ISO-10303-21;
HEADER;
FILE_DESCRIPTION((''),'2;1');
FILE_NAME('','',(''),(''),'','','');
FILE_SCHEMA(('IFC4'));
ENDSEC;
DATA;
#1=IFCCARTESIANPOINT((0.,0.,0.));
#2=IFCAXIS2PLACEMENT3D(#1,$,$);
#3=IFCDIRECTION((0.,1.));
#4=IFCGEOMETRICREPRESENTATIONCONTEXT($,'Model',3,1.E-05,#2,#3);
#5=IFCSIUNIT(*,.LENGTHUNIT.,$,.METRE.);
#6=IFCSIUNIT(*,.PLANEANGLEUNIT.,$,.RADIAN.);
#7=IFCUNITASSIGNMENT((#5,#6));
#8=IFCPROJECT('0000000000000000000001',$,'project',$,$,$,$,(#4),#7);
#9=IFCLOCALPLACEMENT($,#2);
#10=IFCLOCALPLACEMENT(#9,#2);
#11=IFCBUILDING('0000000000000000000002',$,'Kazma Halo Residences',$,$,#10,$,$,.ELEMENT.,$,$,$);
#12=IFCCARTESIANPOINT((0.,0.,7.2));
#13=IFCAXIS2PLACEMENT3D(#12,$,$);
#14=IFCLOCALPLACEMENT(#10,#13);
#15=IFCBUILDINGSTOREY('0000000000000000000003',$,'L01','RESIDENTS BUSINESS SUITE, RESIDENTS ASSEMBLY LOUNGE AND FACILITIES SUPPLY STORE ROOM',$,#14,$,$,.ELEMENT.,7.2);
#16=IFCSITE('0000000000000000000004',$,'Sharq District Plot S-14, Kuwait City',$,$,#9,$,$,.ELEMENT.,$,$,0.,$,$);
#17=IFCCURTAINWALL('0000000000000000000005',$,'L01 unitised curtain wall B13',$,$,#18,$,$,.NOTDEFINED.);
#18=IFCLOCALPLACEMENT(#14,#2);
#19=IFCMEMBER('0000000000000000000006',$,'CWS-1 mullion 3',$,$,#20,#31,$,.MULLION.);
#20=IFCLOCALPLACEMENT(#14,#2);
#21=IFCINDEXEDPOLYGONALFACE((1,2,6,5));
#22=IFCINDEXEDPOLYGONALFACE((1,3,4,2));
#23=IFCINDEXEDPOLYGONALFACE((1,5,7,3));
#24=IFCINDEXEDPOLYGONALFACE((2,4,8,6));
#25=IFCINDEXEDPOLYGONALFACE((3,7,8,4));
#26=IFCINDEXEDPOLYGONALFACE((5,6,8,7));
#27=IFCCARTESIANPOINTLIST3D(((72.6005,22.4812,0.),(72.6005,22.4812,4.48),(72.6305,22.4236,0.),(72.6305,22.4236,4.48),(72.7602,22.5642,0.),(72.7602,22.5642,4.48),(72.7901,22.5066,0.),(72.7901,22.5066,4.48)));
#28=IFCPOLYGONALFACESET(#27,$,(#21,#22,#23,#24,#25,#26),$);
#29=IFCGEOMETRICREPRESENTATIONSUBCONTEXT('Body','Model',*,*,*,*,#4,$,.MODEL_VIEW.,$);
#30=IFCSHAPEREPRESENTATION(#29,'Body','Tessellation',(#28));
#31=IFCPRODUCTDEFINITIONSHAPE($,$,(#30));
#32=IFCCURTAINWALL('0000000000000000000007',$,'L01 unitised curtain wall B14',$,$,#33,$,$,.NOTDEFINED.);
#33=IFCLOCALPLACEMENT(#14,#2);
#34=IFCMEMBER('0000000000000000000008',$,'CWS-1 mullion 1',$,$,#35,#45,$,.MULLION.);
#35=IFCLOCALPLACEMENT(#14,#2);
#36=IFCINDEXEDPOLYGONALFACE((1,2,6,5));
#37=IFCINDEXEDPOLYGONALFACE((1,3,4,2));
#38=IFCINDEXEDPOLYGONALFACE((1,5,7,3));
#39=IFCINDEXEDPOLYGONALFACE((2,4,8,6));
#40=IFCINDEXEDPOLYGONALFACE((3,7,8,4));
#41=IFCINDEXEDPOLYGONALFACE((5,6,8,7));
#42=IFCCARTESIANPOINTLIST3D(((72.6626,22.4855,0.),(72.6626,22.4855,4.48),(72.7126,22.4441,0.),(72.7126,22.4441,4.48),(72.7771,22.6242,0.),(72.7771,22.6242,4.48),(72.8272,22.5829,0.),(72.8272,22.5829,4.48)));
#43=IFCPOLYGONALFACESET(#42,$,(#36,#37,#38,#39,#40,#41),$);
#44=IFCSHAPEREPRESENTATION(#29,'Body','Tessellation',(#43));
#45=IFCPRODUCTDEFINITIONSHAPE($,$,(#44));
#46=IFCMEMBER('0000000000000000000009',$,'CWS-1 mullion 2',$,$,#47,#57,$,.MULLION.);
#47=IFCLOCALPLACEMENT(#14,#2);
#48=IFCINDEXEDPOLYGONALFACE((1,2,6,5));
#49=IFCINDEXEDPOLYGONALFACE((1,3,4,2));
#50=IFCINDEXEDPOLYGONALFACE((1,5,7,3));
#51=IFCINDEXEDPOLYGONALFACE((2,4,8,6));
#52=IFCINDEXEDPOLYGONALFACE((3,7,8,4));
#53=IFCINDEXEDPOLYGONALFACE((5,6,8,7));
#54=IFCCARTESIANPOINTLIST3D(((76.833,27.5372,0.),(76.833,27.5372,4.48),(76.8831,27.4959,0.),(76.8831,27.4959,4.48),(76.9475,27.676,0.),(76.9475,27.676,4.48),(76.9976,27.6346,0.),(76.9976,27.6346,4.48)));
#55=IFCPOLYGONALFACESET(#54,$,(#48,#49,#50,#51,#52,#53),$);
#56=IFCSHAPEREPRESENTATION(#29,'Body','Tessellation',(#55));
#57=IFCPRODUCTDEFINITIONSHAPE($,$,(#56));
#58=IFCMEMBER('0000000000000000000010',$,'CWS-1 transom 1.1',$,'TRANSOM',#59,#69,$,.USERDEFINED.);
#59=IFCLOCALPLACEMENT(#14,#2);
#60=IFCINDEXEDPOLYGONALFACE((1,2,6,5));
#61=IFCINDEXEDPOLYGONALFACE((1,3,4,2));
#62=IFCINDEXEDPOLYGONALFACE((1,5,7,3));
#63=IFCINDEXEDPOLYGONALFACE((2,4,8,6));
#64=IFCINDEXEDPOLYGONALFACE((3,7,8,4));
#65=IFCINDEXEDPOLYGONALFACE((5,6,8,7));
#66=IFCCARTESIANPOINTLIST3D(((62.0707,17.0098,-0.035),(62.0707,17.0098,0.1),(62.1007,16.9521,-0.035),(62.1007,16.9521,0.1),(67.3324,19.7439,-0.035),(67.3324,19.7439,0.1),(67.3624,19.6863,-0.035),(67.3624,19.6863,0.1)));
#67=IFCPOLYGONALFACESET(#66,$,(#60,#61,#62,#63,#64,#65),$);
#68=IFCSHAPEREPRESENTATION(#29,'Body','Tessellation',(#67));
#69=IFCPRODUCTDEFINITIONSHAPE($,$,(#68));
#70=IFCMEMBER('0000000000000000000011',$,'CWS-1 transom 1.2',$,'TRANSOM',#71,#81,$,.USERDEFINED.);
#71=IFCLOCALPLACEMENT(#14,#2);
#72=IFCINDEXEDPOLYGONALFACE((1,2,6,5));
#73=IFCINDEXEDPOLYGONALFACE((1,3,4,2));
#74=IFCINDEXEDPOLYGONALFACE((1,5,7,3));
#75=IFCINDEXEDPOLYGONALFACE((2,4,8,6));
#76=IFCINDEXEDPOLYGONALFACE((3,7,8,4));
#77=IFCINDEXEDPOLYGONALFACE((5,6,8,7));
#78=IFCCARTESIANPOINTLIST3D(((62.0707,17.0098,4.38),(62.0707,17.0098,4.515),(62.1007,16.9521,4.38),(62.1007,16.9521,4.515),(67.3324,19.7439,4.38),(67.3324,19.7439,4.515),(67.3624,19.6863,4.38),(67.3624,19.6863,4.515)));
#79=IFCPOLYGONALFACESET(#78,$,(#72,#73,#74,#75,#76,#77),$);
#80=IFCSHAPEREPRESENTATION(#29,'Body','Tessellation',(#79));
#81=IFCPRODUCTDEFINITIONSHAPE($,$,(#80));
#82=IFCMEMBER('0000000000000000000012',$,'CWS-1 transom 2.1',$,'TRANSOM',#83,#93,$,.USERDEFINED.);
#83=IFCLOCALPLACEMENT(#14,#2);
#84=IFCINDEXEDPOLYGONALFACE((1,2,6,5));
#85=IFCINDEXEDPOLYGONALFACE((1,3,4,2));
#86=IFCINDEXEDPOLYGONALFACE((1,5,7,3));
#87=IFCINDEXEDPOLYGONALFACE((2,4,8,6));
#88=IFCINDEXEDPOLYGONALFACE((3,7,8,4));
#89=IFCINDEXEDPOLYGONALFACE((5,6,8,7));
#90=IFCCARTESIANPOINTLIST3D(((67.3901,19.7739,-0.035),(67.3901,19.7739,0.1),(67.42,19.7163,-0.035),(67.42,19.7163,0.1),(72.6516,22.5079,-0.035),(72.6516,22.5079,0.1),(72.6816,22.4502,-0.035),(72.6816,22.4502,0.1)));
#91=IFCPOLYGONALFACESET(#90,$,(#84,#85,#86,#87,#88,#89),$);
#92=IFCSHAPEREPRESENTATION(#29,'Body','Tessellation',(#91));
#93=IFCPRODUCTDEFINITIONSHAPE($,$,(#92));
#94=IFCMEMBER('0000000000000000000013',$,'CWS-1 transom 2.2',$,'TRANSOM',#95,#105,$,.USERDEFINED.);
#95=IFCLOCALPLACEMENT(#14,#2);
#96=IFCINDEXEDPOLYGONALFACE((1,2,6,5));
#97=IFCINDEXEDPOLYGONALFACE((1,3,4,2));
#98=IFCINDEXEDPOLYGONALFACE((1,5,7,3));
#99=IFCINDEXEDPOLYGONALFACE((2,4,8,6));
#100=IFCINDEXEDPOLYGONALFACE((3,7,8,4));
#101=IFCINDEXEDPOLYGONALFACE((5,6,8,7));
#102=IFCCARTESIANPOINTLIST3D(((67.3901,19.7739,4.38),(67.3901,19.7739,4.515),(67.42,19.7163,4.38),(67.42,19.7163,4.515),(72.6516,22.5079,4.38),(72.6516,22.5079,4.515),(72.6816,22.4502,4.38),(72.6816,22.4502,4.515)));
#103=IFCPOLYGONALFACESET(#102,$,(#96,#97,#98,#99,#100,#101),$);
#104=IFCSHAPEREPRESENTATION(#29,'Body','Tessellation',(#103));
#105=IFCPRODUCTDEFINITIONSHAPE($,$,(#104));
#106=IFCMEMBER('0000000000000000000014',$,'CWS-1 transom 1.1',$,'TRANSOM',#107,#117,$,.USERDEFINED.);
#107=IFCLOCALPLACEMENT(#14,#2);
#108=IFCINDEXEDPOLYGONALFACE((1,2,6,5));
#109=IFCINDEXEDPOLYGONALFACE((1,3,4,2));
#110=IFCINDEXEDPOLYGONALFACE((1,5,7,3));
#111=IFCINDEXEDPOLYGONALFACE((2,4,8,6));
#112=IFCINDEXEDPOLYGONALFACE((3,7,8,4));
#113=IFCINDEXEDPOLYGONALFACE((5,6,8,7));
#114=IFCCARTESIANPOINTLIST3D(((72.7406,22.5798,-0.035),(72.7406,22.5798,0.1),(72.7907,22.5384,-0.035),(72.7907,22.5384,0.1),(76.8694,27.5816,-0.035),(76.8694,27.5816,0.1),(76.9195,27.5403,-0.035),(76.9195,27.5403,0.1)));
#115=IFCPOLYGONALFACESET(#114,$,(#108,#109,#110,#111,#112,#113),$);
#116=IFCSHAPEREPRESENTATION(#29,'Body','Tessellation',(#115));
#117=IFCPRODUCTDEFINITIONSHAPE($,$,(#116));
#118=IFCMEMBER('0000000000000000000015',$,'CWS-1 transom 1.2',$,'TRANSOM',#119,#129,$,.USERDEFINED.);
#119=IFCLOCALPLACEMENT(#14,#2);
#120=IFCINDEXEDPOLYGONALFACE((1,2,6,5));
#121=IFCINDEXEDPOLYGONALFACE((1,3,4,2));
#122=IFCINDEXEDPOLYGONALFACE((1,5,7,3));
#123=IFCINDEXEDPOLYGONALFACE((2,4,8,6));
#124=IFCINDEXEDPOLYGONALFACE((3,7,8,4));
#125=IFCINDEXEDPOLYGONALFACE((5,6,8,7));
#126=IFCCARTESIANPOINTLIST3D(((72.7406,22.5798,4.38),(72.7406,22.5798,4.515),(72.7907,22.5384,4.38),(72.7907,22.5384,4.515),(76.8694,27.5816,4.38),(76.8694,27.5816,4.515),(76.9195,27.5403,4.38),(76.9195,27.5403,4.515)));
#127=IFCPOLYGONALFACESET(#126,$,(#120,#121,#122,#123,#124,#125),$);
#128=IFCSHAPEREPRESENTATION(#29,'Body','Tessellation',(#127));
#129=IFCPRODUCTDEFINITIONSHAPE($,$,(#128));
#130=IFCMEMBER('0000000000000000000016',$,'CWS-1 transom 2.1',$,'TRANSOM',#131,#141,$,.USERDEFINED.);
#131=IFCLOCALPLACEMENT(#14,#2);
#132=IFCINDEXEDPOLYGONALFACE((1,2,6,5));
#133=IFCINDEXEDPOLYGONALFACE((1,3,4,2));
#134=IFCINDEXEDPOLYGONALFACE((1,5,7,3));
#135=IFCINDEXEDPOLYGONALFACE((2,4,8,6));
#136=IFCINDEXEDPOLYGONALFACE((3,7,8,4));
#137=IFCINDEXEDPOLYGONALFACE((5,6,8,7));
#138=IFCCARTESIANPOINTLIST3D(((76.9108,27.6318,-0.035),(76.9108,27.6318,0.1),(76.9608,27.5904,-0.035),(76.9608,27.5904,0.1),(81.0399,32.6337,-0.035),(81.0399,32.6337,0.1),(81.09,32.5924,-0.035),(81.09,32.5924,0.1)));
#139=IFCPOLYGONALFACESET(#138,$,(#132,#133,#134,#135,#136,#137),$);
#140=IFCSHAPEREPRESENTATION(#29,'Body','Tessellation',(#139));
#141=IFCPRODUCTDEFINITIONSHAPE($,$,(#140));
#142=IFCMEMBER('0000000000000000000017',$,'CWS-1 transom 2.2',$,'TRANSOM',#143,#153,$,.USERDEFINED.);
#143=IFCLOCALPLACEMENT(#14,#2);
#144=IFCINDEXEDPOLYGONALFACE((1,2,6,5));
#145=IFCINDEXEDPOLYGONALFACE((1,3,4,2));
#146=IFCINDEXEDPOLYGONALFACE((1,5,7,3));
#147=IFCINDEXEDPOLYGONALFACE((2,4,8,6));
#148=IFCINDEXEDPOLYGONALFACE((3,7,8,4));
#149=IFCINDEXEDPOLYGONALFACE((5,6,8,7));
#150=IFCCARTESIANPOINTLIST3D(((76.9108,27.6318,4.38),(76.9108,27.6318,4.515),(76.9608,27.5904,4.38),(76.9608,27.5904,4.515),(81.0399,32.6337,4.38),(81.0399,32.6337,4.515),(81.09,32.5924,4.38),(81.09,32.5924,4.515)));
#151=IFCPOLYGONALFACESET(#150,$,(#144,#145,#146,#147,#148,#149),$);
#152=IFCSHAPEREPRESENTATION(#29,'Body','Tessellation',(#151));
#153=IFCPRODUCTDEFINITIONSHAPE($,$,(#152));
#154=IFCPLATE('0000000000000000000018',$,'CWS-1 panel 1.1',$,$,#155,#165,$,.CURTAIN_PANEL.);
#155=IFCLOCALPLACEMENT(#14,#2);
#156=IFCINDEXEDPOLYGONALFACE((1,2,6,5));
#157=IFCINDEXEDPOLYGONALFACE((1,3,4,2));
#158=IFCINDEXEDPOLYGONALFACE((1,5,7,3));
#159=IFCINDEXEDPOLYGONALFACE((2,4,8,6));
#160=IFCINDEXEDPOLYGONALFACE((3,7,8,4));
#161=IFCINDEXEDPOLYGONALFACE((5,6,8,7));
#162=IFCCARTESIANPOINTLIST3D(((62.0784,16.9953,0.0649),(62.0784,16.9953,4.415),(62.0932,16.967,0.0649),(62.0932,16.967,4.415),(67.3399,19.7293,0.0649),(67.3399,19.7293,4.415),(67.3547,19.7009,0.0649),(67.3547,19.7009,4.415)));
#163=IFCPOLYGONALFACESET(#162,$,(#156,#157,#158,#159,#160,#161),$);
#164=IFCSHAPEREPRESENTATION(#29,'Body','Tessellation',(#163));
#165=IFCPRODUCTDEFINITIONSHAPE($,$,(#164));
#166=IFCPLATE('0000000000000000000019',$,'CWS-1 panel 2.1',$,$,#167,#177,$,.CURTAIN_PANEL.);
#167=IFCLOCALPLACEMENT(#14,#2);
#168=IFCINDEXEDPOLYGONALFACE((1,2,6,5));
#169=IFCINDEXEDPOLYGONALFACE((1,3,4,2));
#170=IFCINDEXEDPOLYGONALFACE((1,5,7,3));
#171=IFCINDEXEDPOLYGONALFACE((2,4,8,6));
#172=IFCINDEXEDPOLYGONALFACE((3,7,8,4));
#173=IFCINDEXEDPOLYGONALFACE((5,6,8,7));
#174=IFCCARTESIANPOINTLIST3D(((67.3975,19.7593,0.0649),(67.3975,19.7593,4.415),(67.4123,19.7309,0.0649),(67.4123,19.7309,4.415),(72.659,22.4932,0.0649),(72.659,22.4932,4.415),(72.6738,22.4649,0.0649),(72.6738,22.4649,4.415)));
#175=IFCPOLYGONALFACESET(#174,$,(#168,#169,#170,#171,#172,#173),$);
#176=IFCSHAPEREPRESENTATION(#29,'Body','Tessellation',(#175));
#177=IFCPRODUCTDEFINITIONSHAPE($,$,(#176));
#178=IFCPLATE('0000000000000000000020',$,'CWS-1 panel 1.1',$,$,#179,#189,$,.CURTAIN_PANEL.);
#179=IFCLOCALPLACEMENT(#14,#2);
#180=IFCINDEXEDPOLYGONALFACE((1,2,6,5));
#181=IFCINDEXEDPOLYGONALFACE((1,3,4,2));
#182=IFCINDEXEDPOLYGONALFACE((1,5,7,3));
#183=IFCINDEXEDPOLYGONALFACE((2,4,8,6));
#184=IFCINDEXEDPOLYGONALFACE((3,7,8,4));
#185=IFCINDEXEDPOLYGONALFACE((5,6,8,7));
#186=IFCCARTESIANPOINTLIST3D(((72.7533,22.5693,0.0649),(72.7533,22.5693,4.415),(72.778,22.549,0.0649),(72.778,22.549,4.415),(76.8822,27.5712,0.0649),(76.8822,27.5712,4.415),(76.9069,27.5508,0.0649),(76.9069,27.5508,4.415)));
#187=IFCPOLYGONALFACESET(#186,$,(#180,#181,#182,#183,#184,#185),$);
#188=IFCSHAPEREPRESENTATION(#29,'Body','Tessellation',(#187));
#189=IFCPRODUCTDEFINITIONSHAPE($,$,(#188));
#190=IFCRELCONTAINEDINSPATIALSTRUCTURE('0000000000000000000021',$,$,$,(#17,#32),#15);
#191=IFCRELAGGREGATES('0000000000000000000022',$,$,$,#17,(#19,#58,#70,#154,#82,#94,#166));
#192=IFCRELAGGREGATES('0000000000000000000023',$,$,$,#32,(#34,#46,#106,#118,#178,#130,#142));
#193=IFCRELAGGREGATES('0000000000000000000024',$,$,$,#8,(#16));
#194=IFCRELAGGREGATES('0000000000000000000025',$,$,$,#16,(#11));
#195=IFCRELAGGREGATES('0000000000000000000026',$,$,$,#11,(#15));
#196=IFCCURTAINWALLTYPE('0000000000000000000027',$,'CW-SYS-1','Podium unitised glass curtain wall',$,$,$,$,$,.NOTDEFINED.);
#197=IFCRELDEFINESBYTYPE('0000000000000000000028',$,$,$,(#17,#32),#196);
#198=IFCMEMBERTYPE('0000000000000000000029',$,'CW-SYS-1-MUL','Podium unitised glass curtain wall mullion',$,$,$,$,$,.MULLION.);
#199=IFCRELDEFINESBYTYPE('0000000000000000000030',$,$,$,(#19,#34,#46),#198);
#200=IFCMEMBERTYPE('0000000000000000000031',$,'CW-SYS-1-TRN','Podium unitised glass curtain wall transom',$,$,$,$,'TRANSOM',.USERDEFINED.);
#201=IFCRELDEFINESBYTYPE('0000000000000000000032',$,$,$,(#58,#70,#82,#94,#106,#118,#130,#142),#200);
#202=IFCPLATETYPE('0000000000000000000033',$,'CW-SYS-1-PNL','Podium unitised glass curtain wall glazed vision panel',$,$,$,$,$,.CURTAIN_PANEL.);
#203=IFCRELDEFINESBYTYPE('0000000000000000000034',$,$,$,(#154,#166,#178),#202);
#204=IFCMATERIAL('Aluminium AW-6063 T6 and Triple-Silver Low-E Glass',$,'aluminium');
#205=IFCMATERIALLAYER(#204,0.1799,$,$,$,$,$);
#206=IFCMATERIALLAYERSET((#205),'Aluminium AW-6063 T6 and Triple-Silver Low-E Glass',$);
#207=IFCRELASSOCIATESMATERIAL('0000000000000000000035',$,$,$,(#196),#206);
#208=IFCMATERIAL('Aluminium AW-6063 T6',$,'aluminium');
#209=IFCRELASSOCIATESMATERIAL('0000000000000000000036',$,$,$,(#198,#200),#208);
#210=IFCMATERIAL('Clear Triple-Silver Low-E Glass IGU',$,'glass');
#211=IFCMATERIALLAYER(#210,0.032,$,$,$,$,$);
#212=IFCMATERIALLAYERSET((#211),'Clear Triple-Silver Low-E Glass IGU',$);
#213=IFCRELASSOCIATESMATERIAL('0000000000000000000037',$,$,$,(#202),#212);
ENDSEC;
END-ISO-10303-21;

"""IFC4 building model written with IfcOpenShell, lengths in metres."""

from ifc_helpers import new_model, si_unit, direction, frame, origin, origin_2d, place, context, subcontext, project, spatial, rectangle, extrude, material, layer, layer_set, material_profile, profile_set, type_object, element, aggregate, save


model = new_model("IFC4")

# Units and contexts
model_context = context("Model", 3, precision=1e-05, world=origin(), true_north=direction((0.0, 1.0)))
body_context = subcontext(model_context, "Body", "Model", "MODEL_VIEW")
ifc_project = project(units=[si_unit("LENGTHUNIT", "METRE"), si_unit("PLANEANGLEUNIT", "RADIAN")], contexts=[model_context])

# Site, building, storey
site_placement = place(None, origin())
site = spatial("IfcSite", under=ifc_project, at=site_placement, Name="Sharq District Plot S-14, Kuwait City", CompositionType="ELEMENT", RefElevation=0.0)
building_placement = place(site_placement, origin())
building = spatial("IfcBuilding", under=site, at=building_placement, Name="Kazma Halo Residences", CompositionType="ELEMENT")
storey_placement = place(building_placement, frame((0.0, 0.0, 7.2)))
storey = spatial("IfcBuildingStorey", under=building, at=storey_placement, Name="L01", Description="RESIDENTS BUSINESS SUITE, RESIDENTS ASSEMBLY LOUNGE AND FACILITIES SUPPLY STORE ROOM", CompositionType="ELEMENT", Elevation=7.2)

# Shared definitions
ifc_material_1 = material(Name="Aluminium AW-6063 T6 and Triple-Silver Low-E Glass", Category="aluminium")
ifc_layer_1 = layer(ifc_material_1, 0.1799)
ifc_layer_set_1 = layer_set([ifc_layer_1], Name="Aluminium AW-6063 T6 and Triple-Silver Low-E Glass")
curtain_wall_type = type_object("IfcCurtainWallType", Name="CW-SYS-1", Description="Podium unitised glass curtain wall", PredefinedType="NOTDEFINED", material=ifc_layer_set_1)
ifc_material_2 = material(Name="Aluminium AW-6063 T6", Category="aluminium")
ifc_material_profile_1 = material_profile(ifc_material_2, rectangle(XDim=0.0649, YDim=0.1799, at=origin_2d()), Name="CWM-65x180")
ifc_profile_set_1 = profile_set([ifc_material_profile_1], Name="Aluminium AW-6063 T6")
member_type_1 = type_object("IfcMemberType", Name="CW-SYS-1-MUL", Description="Podium unitised glass curtain wall mullion", PredefinedType="MULLION", material=ifc_profile_set_1)

# Curtain walls, members
curtain_wall_1_placement = place(storey_placement, origin())
curtain_wall_1 = element("IfcCurtainWall", 1, at=curtain_wall_1_placement, inside=storey, type_object=curtain_wall_type, Name="L01 unitised curtain wall B13", PredefinedType="NOTDEFINED")
member_1_placement = place(storey_placement, frame((72.6953, 22.4939, 0.0), z_axis=(0.0, 0.0, 1.0), x_axis=(-0.461087, 0.887355, 0.0)))
member_1 = element("IfcMember", 2, at=member_1_placement, type_object=member_type_1, Name="CWS-1 mullion 3", PredefinedType="MULLION", context=body_context, shape_type="SweptSolid", body=[
    extrude(rectangle(XDim=0.0649, YDim=0.1799, at=origin_2d()), origin(), (0.0, 0.0, 1.0), 4.48),
])
curtain_wall_2_placement = place(storey_placement, origin())
curtain_wall_2 = element("IfcCurtainWall", 3, at=curtain_wall_2_placement, inside=storey, type_object=curtain_wall_type, Name="L01 unitised curtain wall B14", PredefinedType="NOTDEFINED")
member_2_placement = place(storey_placement, frame((72.7449, 22.5342, 0.0), z_axis=(0.0, 0.0, 1.0), x_axis=(-0.771192, 0.636603, 0.0)))
member_2 = element("IfcMember", 4, at=member_2_placement, type_object=member_type_1, Name="CWS-1 mullion 1", PredefinedType="MULLION", context=body_context, shape_type="SweptSolid", body=[
    extrude(rectangle(XDim=0.0649, YDim=0.1799, at=origin_2d()), origin(), (0.0, 0.0, 1.0), 4.48),
])
member_3_placement = place(storey_placement, frame((76.9153, 27.5859, 0.0), z_axis=(0.0, 0.0, 1.0), x_axis=(-0.771192, 0.636603, 0.0)))
member_3 = element("IfcMember", 5, at=member_3_placement, type_object=member_type_1, Name="CWS-1 mullion 2", PredefinedType="MULLION", context=body_context, shape_type="SweptSolid", body=[
    extrude(rectangle(XDim=0.0649, YDim=0.1799, at=origin_2d()), origin(), (0.0, 0.0, 1.0), 4.48),
])

# Members
ifc_material_profile_2 = material_profile(ifc_material_2, rectangle(XDim=0.0649, YDim=0.135, at=origin_2d()), Name="CWT-65x135")
ifc_profile_set_2 = profile_set([ifc_material_profile_2], Name="Aluminium AW-6063 T6")
member_type_2 = type_object("IfcMemberType", Name="CW-SYS-1-TRN", Description="Podium unitised glass curtain wall transom", ElementType="TRANSOM", PredefinedType="USERDEFINED", material=ifc_profile_set_2)
member_4_placement = place(storey_placement, frame((62.0857, 16.981, 0.0325), z_axis=(0.887352, 0.461092, 0.0), x_axis=(-0.461092, 0.887352, 0.0)))
member_4 = element("IfcMember", 6, at=member_4_placement, type_object=member_type_2, Name="CWS-1 transom 1.1", ObjectType="TRANSOM", PredefinedType="USERDEFINED", context=body_context, shape_type="SweptSolid", body=[
    extrude(rectangle(XDim=0.0649, YDim=0.135, at=origin_2d()), origin(), (0.0, 0.0, 1.0), 5.9297),
])
member_5_placement = place(storey_placement, frame((62.0857, 16.981, 4.4475), z_axis=(0.887352, 0.461092, 0.0), x_axis=(-0.461092, 0.887352, 0.0)))
member_5 = element("IfcMember", 7, at=member_5_placement, type_object=member_type_2, Name="CWS-1 transom 1.2", ObjectType="TRANSOM", PredefinedType="USERDEFINED", context=body_context, shape_type="SweptSolid", body=[
    extrude(rectangle(XDim=0.0649, YDim=0.135, at=origin_2d()), origin(), (0.0, 0.0, 1.0), 5.9297),
])
member_6_placement = place(storey_placement, frame((67.405, 19.7451, 0.0325), z_axis=(0.88736, 0.461077, 0.0), x_axis=(-0.461077, 0.88736, 0.0)))
member_6 = element("IfcMember", 8, at=member_6_placement, type_object=member_type_2, Name="CWS-1 transom 2.1", ObjectType="TRANSOM", PredefinedType="USERDEFINED", context=body_context, shape_type="SweptSolid", body=[
    extrude(rectangle(XDim=0.0649, YDim=0.135, at=origin_2d()), origin(), (0.0, 0.0, 1.0), 5.9294),
])
member_7_placement = place(storey_placement, frame((67.405, 19.7451, 4.4475), z_axis=(0.88736, 0.461077, 0.0), x_axis=(-0.461077, 0.88736, 0.0)))
member_7 = element("IfcMember", 9, at=member_7_placement, type_object=member_type_2, Name="CWS-1 transom 2.2", ObjectType="TRANSOM", PredefinedType="USERDEFINED", context=body_context, shape_type="SweptSolid", body=[
    extrude(rectangle(XDim=0.0649, YDim=0.135, at=origin_2d()), origin(), (0.0, 0.0, 1.0), 5.9294),
])
member_8_placement = place(storey_placement, frame((72.7656, 22.5591, 0.0325), z_axis=(0.636593, 0.7712, 0.0), x_axis=(-0.7712, 0.636593, 0.0)))
member_8 = element("IfcMember", 10, at=member_8_placement, type_object=member_type_2, Name="CWS-1 transom 1.1", ObjectType="TRANSOM", PredefinedType="USERDEFINED", context=body_context, shape_type="SweptSolid", body=[
    extrude(rectangle(XDim=0.0649, YDim=0.135, at=origin_2d()), origin(), (0.0, 0.0, 1.0), 6.4858),
])
member_9_placement = place(storey_placement, frame((72.7656, 22.5591, 4.4475), z_axis=(0.636593, 0.7712, 0.0), x_axis=(-0.7712, 0.636593, 0.0)))
member_9 = element("IfcMember", 11, at=member_9_placement, type_object=member_type_2, Name="CWS-1 transom 1.2", ObjectType="TRANSOM", PredefinedType="USERDEFINED", context=body_context, shape_type="SweptSolid", body=[
    extrude(rectangle(XDim=0.0649, YDim=0.135, at=origin_2d()), origin(), (0.0, 0.0, 1.0), 6.4858),
])
member_10_placement = place(storey_placement, frame((76.9358, 27.6111, 0.0325), z_axis=(0.636616, 0.771181, 0.0), x_axis=(-0.771181, 0.636616, 0.0)))
member_10 = element("IfcMember", 12, at=member_10_placement, type_object=member_type_2, Name="CWS-1 transom 2.1", ObjectType="TRANSOM", PredefinedType="USERDEFINED", context=body_context, shape_type="SweptSolid", body=[
    extrude(rectangle(XDim=0.0649, YDim=0.135, at=origin_2d()), origin(), (0.0, 0.0, 1.0), 6.4861),
])
member_11_placement = place(storey_placement, frame((76.9358, 27.6111, 4.4475), z_axis=(0.636616, 0.771181, 0.0), x_axis=(-0.771181, 0.636616, 0.0)))
member_11 = element("IfcMember", 13, at=member_11_placement, type_object=member_type_2, Name="CWS-1 transom 2.2", ObjectType="TRANSOM", PredefinedType="USERDEFINED", context=body_context, shape_type="SweptSolid", body=[
    extrude(rectangle(XDim=0.0649, YDim=0.135, at=origin_2d()), origin(), (0.0, 0.0, 1.0), 6.4861),
])

# Plates
ifc_material_3 = material(Name="Clear Triple-Silver Low-E Glass IGU", Category="glass")
ifc_layer_2 = layer(ifc_material_3, 0.032)
ifc_layer_set_2 = layer_set([ifc_layer_2], Name="Clear Triple-Silver Low-E Glass IGU")
plate_type = type_object("IfcPlateType", Name="CW-SYS-1-PNL", Description="Podium unitised glass curtain wall glazed vision panel", PredefinedType="CURTAIN_PANEL", material=ifc_layer_set_2)
plate_1_placement = place(storey_placement, frame((64.7166, 18.3481, 0.0649), z_axis=(0.0, 0.0, 1.0), x_axis=(0.887355, 0.461087, 0.0)))
plate_1 = element("IfcPlate", 14, at=plate_1_placement, type_object=plate_type, Name="CWS-1 panel 1.1", PredefinedType="CURTAIN_PANEL", context=body_context, shape_type="SweptSolid", body=[
    extrude(rectangle(XDim=5.9294, YDim=0.032, at=origin_2d()), origin(), (0.0, 0.0, 1.0), 4.3501),
])
plate_2_placement = place(storey_placement, frame((70.0356, 21.1121, 0.0649), z_axis=(0.0, 0.0, 1.0), x_axis=(0.887355, 0.461087, 0.0)))
plate_2 = element("IfcPlate", 15, at=plate_2_placement, type_object=plate_type, Name="CWS-1 panel 2.1", PredefinedType="CURTAIN_PANEL", context=body_context, shape_type="SweptSolid", body=[
    extrude(rectangle(XDim=5.9294, YDim=0.032, at=origin_2d()), origin(), (0.0, 0.0, 1.0), 4.3501),
])
aggregate(curtain_wall_1, [member_1, member_4, member_5, plate_1, member_6, member_7, plate_2])
plate_3_placement = place(storey_placement, frame((74.8301, 25.0601, 0.0649), z_axis=(0.0, 0.0, 1.0), x_axis=(0.636603, 0.771192, 0.0)))
plate_3 = element("IfcPlate", 16, at=plate_3_placement, type_object=plate_type, Name="CWS-1 panel 1.1", PredefinedType="CURTAIN_PANEL", context=body_context, shape_type="SweptSolid", body=[
    extrude(rectangle(XDim=6.4858, YDim=0.032, at=origin_2d()), origin(), (0.0, 0.0, 1.0), 4.3501),
])
aggregate(curtain_wall_2, [member_2, member_3, member_8, member_9, plate_3, member_10, member_11])

save(model, "model.ifc")
